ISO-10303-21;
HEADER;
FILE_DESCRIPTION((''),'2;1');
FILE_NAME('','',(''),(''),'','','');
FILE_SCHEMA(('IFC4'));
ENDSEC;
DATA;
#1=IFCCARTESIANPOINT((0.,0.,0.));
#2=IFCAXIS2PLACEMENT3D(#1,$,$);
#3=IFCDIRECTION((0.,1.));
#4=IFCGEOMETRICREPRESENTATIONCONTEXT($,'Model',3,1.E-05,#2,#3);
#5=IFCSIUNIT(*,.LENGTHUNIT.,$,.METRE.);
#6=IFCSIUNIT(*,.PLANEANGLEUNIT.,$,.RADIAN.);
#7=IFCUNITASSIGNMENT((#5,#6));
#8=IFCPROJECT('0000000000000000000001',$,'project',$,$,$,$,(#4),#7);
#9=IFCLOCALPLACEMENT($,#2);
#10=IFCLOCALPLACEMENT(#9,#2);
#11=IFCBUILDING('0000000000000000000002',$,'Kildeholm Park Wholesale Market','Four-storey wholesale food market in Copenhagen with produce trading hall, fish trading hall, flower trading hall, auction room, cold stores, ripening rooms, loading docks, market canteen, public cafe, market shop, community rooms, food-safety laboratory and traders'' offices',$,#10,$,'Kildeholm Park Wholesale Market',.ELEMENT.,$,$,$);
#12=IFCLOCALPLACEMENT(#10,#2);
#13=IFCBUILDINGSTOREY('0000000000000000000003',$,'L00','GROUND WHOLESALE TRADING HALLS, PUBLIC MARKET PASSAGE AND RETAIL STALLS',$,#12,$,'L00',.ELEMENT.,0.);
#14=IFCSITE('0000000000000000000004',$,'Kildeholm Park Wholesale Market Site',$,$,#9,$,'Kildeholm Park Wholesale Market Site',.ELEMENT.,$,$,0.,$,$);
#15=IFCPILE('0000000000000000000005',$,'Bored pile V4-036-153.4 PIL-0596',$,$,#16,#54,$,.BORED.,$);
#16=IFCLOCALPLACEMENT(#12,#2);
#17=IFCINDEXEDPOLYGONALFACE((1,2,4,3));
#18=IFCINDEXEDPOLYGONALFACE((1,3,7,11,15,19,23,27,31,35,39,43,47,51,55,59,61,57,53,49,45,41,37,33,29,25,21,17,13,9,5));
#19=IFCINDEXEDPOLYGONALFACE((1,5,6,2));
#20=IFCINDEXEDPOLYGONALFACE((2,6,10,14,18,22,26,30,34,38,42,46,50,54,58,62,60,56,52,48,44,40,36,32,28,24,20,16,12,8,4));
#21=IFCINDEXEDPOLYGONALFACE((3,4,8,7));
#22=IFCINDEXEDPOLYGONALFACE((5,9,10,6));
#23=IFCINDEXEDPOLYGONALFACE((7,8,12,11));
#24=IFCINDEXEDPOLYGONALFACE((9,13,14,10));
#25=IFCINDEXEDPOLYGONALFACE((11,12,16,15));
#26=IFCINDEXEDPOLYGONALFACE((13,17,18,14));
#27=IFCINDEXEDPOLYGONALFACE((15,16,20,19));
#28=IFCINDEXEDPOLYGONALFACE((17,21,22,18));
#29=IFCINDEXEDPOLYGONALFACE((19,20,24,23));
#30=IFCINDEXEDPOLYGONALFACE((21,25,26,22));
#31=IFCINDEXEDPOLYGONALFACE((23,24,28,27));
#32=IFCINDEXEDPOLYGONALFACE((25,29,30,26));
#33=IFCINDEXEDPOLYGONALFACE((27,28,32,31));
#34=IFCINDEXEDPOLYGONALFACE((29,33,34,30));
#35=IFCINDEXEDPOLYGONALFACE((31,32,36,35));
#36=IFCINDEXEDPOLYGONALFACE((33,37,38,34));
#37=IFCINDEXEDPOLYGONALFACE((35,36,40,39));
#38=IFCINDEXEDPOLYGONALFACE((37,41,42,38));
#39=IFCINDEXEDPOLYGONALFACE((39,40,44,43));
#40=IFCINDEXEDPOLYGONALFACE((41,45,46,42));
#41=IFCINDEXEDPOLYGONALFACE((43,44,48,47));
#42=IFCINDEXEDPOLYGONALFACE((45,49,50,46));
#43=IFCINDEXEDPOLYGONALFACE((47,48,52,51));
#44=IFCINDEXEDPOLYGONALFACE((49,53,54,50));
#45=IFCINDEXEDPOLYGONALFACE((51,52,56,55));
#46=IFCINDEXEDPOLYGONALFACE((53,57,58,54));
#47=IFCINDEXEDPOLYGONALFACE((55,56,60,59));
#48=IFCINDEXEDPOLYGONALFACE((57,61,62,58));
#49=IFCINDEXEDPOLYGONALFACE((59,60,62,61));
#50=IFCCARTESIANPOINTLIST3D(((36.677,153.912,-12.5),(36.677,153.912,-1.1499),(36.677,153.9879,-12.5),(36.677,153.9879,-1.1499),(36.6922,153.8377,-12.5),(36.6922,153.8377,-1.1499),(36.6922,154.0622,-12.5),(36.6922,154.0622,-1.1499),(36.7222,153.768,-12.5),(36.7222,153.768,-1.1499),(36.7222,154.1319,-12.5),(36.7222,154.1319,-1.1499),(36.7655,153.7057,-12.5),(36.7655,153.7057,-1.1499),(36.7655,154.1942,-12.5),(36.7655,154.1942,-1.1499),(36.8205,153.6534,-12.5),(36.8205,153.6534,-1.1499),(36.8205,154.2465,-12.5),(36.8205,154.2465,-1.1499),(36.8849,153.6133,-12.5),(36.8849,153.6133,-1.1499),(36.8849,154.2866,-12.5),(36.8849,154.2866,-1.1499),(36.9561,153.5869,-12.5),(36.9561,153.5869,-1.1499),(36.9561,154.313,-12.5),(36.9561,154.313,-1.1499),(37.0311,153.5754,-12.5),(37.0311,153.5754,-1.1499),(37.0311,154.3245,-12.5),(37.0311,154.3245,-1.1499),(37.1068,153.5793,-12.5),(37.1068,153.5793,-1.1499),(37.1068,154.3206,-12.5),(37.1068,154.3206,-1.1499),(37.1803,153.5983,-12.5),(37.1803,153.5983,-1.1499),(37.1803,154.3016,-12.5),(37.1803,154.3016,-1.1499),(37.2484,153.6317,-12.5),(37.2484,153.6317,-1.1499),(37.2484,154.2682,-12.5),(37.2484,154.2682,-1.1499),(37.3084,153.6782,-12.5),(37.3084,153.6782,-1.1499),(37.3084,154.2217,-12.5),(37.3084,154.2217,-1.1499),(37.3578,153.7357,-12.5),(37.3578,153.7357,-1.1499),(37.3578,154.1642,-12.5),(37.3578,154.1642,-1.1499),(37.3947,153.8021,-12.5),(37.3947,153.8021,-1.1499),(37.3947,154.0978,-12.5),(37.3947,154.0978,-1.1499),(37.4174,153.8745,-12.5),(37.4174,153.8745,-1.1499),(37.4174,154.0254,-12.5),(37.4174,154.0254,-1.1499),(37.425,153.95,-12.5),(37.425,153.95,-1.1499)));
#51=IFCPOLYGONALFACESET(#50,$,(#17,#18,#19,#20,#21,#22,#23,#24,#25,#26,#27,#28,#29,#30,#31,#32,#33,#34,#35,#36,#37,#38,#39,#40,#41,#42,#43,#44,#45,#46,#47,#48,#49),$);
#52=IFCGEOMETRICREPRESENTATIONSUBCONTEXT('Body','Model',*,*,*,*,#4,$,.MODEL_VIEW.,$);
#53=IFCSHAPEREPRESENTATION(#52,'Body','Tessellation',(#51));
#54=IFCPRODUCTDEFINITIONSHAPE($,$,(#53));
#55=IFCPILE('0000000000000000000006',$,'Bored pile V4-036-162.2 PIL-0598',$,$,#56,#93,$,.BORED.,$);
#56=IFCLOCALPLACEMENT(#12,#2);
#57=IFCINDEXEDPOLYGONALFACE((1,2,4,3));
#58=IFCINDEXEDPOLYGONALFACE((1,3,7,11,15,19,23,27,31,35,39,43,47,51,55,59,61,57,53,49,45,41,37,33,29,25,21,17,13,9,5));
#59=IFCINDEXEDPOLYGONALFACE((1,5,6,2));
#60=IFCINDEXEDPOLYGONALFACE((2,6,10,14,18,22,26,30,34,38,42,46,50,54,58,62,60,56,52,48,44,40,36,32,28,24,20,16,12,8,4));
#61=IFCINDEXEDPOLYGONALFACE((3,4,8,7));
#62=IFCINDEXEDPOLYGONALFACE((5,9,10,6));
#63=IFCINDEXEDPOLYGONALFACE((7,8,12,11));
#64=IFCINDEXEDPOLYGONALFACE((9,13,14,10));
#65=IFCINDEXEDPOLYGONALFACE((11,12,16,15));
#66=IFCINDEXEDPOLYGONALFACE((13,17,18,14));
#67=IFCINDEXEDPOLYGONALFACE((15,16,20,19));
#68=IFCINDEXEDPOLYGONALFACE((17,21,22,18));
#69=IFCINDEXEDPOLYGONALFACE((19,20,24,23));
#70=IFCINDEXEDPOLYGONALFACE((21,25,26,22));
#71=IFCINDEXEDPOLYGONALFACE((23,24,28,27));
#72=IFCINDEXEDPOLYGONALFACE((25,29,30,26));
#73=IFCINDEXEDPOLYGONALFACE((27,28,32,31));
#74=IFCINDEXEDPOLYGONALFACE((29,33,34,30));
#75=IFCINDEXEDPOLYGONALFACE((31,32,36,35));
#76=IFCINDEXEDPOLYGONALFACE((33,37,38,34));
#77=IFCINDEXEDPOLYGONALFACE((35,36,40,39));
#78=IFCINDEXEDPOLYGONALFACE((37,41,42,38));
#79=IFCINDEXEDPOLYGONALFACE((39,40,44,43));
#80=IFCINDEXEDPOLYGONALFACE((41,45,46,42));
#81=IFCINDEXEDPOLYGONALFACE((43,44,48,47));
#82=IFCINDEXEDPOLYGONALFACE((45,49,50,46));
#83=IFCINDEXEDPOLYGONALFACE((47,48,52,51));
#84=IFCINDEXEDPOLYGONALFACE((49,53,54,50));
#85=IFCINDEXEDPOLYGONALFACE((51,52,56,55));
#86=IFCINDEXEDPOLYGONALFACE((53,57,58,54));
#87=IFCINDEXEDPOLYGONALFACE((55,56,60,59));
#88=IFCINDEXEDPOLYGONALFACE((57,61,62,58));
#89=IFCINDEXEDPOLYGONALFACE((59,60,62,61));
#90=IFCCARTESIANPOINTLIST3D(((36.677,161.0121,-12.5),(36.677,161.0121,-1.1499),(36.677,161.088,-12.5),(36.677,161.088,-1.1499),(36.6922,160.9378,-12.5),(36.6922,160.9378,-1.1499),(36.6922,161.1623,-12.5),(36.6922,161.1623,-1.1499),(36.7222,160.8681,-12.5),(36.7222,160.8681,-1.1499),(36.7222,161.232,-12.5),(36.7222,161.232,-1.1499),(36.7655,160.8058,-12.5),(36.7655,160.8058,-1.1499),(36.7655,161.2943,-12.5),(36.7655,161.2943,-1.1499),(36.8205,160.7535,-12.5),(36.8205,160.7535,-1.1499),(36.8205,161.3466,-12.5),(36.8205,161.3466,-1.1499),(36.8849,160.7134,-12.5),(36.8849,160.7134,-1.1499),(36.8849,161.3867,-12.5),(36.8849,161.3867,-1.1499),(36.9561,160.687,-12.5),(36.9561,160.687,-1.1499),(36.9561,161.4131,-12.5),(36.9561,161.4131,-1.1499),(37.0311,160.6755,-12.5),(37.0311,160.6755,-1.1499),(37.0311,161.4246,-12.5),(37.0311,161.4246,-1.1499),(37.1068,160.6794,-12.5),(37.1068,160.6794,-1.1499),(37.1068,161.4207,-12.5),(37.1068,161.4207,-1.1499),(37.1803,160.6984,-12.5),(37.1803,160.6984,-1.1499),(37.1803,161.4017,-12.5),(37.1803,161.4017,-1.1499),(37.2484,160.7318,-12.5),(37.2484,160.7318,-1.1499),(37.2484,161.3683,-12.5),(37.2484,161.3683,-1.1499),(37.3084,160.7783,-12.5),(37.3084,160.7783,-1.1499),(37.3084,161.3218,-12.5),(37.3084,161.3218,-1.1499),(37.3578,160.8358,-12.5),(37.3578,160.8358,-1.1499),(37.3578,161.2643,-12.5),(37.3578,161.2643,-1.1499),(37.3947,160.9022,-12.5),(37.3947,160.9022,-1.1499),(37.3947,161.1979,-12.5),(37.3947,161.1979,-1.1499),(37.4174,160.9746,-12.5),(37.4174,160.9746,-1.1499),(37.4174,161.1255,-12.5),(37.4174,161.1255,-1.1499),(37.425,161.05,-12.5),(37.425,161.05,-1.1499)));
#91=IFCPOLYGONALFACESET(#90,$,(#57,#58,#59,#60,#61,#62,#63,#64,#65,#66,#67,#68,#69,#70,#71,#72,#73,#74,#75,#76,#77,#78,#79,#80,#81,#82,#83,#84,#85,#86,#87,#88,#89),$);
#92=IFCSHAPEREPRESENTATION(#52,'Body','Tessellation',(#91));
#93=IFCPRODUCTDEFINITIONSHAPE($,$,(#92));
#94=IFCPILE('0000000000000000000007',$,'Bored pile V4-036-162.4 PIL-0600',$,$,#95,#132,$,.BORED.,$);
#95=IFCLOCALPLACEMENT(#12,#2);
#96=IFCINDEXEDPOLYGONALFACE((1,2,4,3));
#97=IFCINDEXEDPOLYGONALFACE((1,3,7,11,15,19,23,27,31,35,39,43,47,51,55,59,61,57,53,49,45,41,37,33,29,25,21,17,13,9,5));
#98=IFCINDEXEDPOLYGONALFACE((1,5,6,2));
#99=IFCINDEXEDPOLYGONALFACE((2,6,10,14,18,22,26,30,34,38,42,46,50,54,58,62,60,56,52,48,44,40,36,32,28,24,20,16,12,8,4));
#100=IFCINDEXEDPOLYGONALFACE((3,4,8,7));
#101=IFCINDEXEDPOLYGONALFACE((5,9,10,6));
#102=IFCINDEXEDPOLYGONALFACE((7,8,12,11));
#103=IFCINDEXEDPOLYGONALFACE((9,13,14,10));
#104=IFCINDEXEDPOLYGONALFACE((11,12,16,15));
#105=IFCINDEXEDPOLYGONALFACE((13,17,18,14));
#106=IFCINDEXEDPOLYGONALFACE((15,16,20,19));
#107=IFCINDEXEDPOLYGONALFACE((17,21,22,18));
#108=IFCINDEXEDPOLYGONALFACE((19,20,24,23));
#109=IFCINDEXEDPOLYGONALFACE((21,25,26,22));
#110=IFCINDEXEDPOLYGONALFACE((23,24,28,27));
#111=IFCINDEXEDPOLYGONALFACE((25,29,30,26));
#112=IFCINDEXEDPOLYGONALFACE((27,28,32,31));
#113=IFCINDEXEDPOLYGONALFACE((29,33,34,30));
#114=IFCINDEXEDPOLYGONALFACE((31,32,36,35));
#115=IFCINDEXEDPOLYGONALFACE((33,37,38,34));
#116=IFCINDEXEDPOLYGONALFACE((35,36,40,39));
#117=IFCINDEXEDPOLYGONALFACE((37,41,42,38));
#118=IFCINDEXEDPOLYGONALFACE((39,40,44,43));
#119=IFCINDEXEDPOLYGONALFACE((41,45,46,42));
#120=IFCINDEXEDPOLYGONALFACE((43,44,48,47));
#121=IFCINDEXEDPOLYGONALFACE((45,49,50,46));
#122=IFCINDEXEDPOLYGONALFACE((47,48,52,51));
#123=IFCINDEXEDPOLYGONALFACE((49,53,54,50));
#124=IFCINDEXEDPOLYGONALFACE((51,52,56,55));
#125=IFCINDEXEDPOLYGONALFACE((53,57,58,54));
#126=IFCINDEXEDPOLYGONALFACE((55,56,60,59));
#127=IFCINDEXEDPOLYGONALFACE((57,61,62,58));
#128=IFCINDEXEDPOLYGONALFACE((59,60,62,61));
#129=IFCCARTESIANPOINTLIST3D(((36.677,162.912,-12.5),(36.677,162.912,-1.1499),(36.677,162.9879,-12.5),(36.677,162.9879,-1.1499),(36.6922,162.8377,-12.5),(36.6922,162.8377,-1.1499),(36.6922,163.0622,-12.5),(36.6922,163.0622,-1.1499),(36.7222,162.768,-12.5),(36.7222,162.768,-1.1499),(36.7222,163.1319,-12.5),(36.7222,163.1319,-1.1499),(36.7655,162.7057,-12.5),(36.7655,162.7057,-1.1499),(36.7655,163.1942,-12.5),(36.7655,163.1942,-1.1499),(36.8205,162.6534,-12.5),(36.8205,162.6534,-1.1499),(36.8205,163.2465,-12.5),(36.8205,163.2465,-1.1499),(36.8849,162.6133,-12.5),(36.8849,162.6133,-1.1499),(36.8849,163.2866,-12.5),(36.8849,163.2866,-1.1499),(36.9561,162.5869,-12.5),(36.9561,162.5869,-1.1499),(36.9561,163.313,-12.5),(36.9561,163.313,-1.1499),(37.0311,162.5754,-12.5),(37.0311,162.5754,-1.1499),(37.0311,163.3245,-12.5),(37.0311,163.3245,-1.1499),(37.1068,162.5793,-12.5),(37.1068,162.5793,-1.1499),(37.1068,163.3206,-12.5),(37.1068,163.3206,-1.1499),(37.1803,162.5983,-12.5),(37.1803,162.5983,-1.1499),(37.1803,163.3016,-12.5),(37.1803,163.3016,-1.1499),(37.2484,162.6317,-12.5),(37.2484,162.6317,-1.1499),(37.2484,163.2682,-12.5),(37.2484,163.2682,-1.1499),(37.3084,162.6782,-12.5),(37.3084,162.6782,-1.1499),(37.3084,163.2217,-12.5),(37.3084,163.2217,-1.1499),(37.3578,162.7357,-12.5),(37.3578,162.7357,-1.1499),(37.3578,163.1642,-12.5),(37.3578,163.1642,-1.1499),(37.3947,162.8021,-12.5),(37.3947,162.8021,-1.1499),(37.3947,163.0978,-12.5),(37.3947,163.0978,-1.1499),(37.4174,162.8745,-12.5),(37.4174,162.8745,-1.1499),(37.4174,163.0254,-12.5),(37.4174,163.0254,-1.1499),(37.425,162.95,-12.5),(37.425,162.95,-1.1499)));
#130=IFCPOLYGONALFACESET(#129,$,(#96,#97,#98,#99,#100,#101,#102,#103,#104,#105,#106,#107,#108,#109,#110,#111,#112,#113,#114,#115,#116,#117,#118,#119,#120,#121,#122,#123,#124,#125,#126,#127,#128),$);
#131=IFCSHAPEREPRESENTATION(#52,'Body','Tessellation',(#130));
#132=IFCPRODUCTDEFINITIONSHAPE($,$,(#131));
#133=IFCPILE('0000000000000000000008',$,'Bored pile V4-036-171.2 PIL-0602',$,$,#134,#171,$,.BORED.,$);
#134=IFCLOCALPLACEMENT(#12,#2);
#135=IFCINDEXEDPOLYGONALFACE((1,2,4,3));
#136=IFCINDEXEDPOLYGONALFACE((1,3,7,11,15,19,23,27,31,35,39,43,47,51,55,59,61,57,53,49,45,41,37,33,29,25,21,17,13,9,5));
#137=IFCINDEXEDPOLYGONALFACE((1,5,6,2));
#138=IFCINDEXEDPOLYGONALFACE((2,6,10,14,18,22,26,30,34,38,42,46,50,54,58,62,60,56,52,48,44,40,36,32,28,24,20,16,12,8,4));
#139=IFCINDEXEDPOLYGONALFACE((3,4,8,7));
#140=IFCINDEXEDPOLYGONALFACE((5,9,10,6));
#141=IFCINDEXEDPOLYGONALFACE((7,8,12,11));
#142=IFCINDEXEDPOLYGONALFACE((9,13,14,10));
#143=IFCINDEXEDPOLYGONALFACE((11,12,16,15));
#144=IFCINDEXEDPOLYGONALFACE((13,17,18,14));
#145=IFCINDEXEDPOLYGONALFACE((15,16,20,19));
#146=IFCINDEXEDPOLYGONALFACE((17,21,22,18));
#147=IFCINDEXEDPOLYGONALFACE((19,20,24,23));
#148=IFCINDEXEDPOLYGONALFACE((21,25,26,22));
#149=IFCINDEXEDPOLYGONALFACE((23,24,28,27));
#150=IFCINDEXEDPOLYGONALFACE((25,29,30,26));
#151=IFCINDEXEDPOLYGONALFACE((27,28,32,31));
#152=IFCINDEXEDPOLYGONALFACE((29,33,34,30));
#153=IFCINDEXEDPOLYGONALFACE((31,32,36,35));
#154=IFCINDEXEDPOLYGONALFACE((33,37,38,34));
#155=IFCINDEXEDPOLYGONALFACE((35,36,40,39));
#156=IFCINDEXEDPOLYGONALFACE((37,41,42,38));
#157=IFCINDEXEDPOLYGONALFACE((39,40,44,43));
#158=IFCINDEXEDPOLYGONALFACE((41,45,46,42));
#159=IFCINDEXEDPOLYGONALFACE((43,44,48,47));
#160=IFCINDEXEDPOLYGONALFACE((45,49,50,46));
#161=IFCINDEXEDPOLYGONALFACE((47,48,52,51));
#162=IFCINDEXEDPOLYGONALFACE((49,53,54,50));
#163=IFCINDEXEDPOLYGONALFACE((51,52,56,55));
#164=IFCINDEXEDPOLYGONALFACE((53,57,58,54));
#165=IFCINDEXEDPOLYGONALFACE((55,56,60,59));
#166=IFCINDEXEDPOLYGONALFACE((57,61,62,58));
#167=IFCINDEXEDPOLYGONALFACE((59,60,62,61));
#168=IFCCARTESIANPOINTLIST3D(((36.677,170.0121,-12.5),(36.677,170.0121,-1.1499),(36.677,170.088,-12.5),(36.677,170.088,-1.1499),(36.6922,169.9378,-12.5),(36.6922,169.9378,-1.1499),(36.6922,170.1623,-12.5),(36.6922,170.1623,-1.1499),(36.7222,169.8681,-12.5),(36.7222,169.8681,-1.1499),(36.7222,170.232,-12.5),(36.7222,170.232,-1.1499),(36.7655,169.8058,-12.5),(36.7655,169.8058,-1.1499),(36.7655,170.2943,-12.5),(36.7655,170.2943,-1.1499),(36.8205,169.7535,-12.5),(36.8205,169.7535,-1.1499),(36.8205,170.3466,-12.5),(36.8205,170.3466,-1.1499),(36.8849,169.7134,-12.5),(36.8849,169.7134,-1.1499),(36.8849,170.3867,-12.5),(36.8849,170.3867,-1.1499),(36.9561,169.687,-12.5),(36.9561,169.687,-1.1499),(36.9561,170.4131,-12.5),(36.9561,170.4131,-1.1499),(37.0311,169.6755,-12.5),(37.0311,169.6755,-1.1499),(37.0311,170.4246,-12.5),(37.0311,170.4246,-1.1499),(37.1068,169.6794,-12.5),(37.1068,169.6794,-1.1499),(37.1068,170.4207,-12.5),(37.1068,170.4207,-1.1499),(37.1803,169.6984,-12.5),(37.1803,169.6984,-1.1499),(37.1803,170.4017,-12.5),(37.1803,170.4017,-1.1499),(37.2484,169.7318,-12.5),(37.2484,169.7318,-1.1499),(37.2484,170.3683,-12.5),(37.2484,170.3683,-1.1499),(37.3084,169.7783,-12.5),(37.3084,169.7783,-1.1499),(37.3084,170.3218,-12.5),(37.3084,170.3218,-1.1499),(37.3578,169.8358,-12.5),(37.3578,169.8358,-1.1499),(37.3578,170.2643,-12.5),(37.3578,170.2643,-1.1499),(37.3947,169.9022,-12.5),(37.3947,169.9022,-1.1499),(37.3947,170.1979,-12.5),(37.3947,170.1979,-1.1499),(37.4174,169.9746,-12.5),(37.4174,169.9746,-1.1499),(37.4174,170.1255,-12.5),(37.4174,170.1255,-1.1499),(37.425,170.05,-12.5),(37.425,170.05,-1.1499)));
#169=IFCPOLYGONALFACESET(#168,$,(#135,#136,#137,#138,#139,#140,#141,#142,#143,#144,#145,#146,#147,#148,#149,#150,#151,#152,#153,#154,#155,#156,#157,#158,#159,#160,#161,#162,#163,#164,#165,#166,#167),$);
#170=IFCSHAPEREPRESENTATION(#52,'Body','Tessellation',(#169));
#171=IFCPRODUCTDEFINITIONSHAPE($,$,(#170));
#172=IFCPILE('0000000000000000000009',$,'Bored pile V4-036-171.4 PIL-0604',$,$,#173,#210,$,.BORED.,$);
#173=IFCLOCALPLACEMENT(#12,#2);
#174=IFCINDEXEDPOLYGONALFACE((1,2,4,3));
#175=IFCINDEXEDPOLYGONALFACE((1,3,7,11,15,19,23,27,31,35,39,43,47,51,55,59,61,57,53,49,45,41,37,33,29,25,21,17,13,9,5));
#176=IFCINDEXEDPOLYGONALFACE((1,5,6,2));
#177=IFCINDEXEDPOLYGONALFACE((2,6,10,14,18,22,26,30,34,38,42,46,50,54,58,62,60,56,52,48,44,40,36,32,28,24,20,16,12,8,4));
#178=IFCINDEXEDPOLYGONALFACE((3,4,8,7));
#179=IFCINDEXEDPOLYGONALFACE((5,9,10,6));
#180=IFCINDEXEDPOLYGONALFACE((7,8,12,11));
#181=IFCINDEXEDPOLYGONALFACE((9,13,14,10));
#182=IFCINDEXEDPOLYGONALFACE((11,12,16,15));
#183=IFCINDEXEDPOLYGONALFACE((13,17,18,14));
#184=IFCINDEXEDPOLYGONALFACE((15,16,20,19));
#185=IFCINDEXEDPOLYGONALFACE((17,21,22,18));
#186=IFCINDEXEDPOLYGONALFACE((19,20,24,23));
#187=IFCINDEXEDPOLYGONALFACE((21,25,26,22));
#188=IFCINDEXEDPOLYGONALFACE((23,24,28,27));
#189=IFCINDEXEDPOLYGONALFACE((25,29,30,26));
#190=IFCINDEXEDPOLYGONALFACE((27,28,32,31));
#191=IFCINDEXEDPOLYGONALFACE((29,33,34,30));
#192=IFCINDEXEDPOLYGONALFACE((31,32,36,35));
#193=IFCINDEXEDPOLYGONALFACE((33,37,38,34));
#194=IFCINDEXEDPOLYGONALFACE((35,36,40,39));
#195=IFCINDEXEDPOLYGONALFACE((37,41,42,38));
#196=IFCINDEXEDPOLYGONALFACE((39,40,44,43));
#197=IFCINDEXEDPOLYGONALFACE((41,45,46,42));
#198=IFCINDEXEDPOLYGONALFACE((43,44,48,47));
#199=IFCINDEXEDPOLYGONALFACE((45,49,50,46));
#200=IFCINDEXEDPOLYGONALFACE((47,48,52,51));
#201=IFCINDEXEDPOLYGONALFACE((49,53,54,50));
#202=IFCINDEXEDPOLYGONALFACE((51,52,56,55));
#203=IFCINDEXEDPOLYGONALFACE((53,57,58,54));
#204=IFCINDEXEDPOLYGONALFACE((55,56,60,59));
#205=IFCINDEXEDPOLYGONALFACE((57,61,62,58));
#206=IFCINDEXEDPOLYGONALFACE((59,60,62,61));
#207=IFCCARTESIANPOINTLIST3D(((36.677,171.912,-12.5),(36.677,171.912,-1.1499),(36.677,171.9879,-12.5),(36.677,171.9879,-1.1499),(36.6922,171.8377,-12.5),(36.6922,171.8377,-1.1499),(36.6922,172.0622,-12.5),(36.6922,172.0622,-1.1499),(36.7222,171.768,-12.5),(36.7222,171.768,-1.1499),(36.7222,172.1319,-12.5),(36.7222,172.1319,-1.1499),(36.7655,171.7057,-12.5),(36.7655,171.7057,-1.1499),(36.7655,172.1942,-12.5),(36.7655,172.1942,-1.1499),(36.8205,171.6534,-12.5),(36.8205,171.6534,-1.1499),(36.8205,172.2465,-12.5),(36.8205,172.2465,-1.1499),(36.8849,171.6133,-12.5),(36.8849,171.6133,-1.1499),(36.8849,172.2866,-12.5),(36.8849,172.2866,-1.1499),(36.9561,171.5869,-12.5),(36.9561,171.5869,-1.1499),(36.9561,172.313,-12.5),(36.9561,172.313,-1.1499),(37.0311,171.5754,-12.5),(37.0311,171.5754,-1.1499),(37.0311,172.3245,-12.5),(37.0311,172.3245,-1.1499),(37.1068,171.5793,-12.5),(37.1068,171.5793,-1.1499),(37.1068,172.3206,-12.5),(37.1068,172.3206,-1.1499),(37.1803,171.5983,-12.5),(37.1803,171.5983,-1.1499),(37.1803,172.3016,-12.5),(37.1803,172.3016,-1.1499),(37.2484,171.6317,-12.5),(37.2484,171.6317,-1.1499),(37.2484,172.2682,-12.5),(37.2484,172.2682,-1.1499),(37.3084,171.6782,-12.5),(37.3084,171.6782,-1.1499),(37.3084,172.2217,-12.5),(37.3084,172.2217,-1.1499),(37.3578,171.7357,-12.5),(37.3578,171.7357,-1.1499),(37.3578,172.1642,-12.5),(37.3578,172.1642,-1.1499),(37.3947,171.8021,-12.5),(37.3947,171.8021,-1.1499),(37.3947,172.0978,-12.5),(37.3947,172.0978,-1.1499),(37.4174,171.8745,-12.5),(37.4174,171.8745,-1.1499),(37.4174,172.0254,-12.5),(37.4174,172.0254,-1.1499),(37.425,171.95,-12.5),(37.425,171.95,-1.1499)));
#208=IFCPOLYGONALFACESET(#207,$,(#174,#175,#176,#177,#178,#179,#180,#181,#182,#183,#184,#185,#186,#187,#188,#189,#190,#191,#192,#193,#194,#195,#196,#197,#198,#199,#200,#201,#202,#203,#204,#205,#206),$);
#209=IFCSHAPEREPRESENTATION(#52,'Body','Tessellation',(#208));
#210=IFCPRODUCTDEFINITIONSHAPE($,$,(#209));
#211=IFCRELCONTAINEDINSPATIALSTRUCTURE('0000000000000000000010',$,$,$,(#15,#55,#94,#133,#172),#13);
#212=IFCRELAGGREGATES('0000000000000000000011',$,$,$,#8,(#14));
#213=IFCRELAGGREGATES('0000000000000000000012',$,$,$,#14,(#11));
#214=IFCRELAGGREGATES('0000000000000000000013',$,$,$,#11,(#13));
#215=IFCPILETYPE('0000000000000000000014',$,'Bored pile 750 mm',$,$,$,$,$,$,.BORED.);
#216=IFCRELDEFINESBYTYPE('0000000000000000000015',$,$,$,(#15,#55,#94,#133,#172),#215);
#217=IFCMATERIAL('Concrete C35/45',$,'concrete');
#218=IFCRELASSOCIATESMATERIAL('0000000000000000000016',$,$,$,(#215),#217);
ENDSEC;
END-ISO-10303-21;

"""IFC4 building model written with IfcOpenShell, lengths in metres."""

from ifc_helpers import new_model, si_unit, direction, frame, origin, origin_2d, place, context, subcontext, project, spatial, circle, extrude, material, material_profile, profile_set, type_object, element, save


model = new_model("IFC4")

# Units and contexts
model_context = context("Model", 3, precision=1e-05, world=origin(), true_north=direction((0.0, 1.0)))
body_context = subcontext(model_context, "Body", "Model", "MODEL_VIEW")
ifc_project = project(units=[si_unit("LENGTHUNIT", "METRE"), si_unit("PLANEANGLEUNIT", "RADIAN")], contexts=[model_context])

# Site, building, storey
site_placement = place(None, origin())
site = spatial("IfcSite", under=ifc_project, at=site_placement, Name="Kildeholm Park Wholesale Market Site", LongName="Kildeholm Park Wholesale Market Site", CompositionType="ELEMENT", RefElevation=0.0)
building_placement = place(site_placement, origin())
building = spatial("IfcBuilding", under=site, at=building_placement, Name="Kildeholm Park Wholesale Market", Description="Four-storey wholesale food market in Copenhagen with produce trading hall, fish trading hall, flower trading hall, auction room, cold stores, ripening rooms, loading docks, market canteen, public cafe, market shop, community rooms, food-safety laboratory and traders' offices", LongName="Kildeholm Park Wholesale Market", CompositionType="ELEMENT")
storey_placement = place(building_placement, origin())
storey = spatial("IfcBuildingStorey", under=building, at=storey_placement, Name="L00", Description="GROUND WHOLESALE TRADING HALLS, PUBLIC MARKET PASSAGE AND RETAIL STALLS", LongName="L00", CompositionType="ELEMENT", Elevation=0.0)

# Piles
ifc_material_1 = material(Name="Concrete C35/45", Category="concrete")
ifc_material_profile_1 = material_profile(ifc_material_1, circle(Radius=0.375, at=origin_2d()), Name="PILE D750")
ifc_profile_set_1 = profile_set([ifc_material_profile_1], Name="Concrete C35/45")
pile_type = type_object("IfcPileType", Name="Bored pile 750 mm", PredefinedType="BORED", material=ifc_profile_set_1)
for number, where, z_axis, x_axis, name in (
    (1, (37.05, 153.95, -1.1499), (0.0, 0.0, -1.0), (1.0, 0.0, 0.0), "Bored pile V4-036-153.4 PIL-0596"),
    (2, (37.05, 161.05, -1.1499), (0.0, 0.0, -1.0), (1.0, 0.0, 0.0), "Bored pile V4-036-162.2 PIL-0598"),
    (3, (37.05, 162.95, -1.1499), (0.0, 0.0, -1.0), (1.0, 0.0, 0.0), "Bored pile V4-036-162.4 PIL-0600"),
    (4, (37.05, 170.05, -1.1499), (0.0, 0.0, -1.0), (1.0, 0.0, 0.0), "Bored pile V4-036-171.2 PIL-0602"),
    (5, (37.05, 171.95, -1.1499), (0.0, 0.0, -1.0), (1.0, 0.0, 0.0), "Bored pile V4-036-171.4 PIL-0604"),
):
    element("IfcPile", number, at=place(storey_placement, frame(where, z_axis=z_axis, x_axis=x_axis)), inside=storey, type_object=pile_type, Name=name, PredefinedType="BORED", context=body_context, shape_type="SweptSolid", body=[
        extrude(circle(Radius=0.375, at=origin_2d()), origin(), (0.0, 0.0, 1.0), 11.3501),
    ])

save(model, "model.ifc")
